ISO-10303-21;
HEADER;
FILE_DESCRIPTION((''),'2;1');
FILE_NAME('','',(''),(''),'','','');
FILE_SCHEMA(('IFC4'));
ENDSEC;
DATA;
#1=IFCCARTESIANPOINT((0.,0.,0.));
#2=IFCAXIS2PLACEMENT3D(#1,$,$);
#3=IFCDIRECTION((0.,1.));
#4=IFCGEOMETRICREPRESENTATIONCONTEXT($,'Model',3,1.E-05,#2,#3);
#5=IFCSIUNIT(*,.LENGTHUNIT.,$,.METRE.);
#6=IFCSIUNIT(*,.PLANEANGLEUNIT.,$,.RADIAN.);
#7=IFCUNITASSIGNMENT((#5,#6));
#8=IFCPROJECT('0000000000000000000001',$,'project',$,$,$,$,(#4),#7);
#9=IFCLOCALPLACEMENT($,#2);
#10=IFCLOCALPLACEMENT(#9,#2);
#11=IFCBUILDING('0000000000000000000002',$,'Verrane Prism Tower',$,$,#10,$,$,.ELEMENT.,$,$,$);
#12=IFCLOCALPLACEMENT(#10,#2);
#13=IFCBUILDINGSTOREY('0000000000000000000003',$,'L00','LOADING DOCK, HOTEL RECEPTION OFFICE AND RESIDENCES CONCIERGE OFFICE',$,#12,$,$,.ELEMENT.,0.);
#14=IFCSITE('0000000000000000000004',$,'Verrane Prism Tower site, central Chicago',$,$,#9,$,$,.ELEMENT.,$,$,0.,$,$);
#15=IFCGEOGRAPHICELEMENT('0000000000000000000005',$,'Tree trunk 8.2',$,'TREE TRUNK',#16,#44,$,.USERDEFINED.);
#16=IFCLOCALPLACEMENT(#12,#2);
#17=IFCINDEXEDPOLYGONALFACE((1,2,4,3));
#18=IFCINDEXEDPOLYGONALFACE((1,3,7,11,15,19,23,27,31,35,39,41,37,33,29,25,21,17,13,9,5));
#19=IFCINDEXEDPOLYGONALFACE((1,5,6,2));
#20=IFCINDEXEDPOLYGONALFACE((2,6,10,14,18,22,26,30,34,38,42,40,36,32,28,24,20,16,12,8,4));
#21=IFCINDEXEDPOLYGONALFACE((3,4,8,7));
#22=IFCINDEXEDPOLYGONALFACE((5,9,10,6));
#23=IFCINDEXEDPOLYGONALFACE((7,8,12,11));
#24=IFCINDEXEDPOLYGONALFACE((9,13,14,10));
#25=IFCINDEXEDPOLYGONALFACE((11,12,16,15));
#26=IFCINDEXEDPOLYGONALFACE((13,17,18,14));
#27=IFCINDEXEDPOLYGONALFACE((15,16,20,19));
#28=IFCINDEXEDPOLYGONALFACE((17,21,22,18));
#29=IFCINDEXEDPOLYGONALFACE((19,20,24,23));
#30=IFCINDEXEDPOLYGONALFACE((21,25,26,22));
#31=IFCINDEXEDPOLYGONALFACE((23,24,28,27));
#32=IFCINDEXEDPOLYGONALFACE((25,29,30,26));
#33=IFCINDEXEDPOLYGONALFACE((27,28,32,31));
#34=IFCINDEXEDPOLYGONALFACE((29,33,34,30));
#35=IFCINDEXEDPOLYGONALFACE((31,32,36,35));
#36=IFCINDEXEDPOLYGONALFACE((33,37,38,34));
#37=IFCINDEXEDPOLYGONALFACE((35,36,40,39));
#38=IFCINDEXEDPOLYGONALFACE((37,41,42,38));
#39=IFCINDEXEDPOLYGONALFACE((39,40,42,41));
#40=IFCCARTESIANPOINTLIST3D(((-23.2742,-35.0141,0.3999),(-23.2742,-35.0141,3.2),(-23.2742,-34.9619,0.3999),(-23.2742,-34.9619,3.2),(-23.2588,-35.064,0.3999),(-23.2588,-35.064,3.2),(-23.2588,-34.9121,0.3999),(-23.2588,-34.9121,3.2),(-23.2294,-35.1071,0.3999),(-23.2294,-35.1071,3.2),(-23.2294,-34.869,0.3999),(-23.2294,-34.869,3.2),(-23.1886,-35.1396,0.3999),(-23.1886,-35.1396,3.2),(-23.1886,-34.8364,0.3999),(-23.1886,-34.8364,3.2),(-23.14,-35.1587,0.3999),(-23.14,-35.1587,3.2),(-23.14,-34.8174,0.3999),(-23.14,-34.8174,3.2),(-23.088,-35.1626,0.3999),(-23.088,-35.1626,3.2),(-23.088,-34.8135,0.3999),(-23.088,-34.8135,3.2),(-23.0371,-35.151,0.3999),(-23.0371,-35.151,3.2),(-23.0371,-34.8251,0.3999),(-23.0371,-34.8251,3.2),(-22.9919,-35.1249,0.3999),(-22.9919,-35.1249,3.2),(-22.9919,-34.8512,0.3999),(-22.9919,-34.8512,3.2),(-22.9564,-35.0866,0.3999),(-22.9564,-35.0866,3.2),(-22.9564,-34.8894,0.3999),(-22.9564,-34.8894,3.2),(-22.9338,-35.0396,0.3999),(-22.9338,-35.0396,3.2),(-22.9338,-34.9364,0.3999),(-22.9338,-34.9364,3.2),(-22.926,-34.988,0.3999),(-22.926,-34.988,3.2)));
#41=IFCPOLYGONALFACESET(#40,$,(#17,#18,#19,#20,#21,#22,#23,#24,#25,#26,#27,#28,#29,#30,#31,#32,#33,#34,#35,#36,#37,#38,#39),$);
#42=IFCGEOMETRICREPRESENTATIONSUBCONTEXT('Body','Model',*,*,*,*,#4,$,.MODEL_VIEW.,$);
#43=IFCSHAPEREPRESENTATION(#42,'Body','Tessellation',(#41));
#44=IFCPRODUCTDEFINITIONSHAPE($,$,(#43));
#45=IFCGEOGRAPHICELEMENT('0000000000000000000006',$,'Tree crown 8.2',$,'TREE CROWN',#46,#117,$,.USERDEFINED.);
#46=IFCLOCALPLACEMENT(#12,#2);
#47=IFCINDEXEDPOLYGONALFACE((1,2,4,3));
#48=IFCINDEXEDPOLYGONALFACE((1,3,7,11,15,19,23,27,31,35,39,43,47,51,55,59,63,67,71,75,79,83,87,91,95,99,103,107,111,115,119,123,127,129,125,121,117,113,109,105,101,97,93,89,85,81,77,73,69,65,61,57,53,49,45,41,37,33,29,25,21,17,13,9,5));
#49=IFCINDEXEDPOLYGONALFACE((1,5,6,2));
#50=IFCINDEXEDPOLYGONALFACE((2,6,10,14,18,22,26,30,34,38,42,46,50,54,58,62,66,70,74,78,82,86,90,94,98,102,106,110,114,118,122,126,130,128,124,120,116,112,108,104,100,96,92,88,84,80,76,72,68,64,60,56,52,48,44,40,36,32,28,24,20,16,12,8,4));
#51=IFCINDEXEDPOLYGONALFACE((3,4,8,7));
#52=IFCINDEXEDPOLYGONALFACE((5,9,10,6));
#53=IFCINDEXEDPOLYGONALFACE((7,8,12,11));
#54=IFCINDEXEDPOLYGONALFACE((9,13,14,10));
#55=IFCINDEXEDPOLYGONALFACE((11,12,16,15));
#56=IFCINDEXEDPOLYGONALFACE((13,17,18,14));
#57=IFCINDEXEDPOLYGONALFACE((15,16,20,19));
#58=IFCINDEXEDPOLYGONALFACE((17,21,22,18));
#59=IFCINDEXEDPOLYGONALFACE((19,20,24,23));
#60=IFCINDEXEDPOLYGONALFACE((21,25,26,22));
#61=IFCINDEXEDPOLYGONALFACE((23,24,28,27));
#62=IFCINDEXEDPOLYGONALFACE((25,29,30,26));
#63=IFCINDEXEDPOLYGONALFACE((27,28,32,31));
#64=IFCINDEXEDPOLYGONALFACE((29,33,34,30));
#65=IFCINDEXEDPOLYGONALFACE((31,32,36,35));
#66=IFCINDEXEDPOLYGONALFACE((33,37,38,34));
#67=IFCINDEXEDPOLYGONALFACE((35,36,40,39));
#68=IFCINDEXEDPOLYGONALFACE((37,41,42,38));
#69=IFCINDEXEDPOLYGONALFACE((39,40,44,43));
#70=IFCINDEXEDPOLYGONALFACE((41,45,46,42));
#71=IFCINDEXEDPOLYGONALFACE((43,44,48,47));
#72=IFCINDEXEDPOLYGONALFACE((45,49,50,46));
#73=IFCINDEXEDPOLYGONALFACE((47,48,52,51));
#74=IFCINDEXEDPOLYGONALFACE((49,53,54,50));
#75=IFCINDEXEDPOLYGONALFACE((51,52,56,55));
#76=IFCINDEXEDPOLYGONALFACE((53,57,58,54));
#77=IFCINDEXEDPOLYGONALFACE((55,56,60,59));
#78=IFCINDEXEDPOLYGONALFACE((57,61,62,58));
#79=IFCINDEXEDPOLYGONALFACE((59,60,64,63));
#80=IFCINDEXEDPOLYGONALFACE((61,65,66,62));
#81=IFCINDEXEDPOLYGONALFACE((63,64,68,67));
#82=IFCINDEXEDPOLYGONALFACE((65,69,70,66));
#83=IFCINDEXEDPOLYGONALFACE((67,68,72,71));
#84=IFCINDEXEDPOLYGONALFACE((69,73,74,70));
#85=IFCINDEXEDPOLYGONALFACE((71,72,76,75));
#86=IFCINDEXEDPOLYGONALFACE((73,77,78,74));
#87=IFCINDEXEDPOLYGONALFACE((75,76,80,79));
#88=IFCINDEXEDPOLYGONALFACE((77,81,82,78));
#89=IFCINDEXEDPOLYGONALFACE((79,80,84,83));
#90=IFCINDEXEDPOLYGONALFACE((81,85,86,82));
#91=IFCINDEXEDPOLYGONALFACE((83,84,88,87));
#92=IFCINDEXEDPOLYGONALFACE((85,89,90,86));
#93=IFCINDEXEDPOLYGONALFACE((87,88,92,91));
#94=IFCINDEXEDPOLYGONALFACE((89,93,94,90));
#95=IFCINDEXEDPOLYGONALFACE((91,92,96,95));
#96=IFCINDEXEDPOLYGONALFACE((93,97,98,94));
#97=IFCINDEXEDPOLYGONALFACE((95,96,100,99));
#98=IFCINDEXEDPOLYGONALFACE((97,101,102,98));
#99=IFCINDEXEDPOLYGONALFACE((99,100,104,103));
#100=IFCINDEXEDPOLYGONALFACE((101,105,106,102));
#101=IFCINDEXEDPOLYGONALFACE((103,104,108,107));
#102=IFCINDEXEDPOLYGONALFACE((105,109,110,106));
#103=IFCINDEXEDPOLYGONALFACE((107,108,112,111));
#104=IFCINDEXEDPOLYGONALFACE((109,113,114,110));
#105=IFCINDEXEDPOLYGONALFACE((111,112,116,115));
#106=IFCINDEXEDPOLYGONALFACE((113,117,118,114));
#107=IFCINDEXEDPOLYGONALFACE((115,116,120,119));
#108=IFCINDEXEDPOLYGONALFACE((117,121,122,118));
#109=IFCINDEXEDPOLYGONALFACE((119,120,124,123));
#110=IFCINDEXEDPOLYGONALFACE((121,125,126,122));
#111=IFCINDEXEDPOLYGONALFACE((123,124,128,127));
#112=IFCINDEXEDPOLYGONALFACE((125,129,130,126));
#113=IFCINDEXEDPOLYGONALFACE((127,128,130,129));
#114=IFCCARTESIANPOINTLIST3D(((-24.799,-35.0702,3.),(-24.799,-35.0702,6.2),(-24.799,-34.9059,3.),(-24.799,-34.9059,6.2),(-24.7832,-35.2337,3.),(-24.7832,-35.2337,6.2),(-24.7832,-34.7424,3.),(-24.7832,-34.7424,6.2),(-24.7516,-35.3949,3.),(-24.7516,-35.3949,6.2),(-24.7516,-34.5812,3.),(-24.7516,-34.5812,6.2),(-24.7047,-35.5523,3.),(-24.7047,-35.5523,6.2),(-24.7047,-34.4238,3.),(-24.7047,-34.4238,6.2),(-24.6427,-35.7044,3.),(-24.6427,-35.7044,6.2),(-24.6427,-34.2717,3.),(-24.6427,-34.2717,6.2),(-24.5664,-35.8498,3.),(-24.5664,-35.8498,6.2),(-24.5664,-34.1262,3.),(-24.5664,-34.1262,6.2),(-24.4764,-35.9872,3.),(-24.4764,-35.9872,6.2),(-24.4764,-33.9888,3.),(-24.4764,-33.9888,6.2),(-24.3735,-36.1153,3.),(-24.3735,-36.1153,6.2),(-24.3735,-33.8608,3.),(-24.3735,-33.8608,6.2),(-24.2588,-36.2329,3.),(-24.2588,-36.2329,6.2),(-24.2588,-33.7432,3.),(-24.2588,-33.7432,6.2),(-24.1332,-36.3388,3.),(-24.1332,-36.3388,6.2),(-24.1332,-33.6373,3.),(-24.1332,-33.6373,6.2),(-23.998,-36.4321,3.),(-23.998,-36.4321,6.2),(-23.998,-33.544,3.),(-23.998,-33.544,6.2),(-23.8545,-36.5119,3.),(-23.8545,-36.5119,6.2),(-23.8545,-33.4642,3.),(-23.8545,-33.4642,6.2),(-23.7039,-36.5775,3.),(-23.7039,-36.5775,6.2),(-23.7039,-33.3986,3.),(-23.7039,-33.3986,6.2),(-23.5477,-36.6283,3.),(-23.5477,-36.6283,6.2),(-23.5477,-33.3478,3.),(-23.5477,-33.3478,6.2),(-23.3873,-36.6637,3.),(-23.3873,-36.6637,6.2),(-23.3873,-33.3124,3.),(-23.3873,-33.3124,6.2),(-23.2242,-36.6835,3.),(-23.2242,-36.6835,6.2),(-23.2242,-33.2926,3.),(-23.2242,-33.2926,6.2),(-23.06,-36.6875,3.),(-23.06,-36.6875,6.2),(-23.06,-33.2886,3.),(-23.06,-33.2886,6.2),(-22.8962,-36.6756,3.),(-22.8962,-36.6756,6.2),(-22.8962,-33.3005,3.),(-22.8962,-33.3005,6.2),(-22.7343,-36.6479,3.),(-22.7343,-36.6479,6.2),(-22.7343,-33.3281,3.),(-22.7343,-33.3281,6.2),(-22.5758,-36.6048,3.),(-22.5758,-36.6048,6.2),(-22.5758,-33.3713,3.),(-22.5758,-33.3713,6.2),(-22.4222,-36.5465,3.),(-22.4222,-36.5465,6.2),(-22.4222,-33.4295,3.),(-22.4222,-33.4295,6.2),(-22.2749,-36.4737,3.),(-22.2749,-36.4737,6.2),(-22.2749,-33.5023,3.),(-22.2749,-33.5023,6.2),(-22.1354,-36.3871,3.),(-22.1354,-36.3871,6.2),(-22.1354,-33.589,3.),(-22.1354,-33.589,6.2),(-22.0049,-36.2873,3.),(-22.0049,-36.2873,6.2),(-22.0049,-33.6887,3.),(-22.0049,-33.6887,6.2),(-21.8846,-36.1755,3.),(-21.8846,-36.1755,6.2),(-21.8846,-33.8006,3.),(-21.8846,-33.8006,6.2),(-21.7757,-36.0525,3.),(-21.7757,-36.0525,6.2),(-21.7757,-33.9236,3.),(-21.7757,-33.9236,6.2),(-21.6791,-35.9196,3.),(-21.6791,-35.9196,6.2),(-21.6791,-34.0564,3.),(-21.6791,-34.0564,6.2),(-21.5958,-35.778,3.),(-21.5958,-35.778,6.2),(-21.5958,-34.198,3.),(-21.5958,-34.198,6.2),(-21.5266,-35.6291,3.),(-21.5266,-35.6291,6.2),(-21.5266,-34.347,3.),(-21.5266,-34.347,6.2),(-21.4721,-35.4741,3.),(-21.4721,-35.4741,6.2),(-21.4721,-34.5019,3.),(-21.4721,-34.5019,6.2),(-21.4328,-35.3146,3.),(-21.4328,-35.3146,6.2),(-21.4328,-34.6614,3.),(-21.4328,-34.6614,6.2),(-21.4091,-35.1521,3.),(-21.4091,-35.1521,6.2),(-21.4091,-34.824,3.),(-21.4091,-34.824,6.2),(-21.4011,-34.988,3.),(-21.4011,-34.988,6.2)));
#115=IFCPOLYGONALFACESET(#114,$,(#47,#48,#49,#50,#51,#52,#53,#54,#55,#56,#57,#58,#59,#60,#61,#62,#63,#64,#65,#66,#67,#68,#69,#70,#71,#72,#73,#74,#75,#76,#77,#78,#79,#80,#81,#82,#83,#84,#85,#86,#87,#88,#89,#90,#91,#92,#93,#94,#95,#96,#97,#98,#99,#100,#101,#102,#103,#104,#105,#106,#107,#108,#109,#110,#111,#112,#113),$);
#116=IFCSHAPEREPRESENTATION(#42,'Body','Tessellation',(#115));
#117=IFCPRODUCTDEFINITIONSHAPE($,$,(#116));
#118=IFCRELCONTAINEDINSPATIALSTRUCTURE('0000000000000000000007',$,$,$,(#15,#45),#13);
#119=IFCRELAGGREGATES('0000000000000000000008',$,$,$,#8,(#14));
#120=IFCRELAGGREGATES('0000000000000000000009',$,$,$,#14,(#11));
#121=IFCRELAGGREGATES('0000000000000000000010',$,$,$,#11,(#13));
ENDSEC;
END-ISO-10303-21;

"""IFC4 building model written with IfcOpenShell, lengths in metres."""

from ifc_helpers import new_model, si_unit, direction, frame, origin, origin_2d, place, context, subcontext, project, spatial, circle, extrude, element, save


model = new_model("IFC4")

# Units and contexts
model_context = context("Model", 3, precision=1e-05, world=origin(), true_north=direction((0.0, 1.0)))
body_context = subcontext(model_context, "Body", "Model", "MODEL_VIEW")
ifc_project = project(units=[si_unit("LENGTHUNIT", "METRE"), si_unit("PLANEANGLEUNIT", "RADIAN")], contexts=[model_context])

# Site, building, storey
site_placement = place(None, origin())
site = spatial("IfcSite", under=ifc_project, at=site_placement, Name="Verrane Prism Tower site, central Chicago", CompositionType="ELEMENT", RefElevation=0.0)
building_placement = place(site_placement, origin())
building = spatial("IfcBuilding", under=site, at=building_placement, Name="Verrane Prism Tower", CompositionType="ELEMENT")
storey_placement = place(building_placement, origin())
storey = spatial("IfcBuildingStorey", under=building, at=storey_placement, Name="L00", Description="LOADING DOCK, HOTEL RECEPTION OFFICE AND RESIDENCES CONCIERGE OFFICE", CompositionType="ELEMENT", Elevation=0.0)

# Geographic elements
geographic_element_1_placement = place(storey_placement, frame((-23.1011, -34.988, 3.2), z_axis=(0.0, 0.0, -1.0), x_axis=(1.0, 0.0, 0.0)))
element("IfcGeographicElement", 1, at=geographic_element_1_placement, inside=storey, Name="Tree trunk 8.2", ObjectType="TREE TRUNK", PredefinedType="USERDEFINED", context=body_context, shape_type="SweptSolid", body=[
    extrude(circle(Radius=0.175, at=origin_2d()), origin(), (0.0, 0.0, 1.0), 2.8),
])
geographic_element_2_placement = place(storey_placement, frame((-23.1011, -34.988, 6.2), z_axis=(0.0, 0.0, -1.0), x_axis=(1.0, 0.0, 0.0)))
element("IfcGeographicElement", 2, at=geographic_element_2_placement, inside=storey, Name="Tree crown 8.2", ObjectType="TREE CROWN", PredefinedType="USERDEFINED", context=body_context, shape_type="SweptSolid", body=[
    extrude(circle(Radius=1.7, at=origin_2d()), origin(), (0.0, 0.0, 1.0), 3.2),
])

save(model, "model.ifc")
